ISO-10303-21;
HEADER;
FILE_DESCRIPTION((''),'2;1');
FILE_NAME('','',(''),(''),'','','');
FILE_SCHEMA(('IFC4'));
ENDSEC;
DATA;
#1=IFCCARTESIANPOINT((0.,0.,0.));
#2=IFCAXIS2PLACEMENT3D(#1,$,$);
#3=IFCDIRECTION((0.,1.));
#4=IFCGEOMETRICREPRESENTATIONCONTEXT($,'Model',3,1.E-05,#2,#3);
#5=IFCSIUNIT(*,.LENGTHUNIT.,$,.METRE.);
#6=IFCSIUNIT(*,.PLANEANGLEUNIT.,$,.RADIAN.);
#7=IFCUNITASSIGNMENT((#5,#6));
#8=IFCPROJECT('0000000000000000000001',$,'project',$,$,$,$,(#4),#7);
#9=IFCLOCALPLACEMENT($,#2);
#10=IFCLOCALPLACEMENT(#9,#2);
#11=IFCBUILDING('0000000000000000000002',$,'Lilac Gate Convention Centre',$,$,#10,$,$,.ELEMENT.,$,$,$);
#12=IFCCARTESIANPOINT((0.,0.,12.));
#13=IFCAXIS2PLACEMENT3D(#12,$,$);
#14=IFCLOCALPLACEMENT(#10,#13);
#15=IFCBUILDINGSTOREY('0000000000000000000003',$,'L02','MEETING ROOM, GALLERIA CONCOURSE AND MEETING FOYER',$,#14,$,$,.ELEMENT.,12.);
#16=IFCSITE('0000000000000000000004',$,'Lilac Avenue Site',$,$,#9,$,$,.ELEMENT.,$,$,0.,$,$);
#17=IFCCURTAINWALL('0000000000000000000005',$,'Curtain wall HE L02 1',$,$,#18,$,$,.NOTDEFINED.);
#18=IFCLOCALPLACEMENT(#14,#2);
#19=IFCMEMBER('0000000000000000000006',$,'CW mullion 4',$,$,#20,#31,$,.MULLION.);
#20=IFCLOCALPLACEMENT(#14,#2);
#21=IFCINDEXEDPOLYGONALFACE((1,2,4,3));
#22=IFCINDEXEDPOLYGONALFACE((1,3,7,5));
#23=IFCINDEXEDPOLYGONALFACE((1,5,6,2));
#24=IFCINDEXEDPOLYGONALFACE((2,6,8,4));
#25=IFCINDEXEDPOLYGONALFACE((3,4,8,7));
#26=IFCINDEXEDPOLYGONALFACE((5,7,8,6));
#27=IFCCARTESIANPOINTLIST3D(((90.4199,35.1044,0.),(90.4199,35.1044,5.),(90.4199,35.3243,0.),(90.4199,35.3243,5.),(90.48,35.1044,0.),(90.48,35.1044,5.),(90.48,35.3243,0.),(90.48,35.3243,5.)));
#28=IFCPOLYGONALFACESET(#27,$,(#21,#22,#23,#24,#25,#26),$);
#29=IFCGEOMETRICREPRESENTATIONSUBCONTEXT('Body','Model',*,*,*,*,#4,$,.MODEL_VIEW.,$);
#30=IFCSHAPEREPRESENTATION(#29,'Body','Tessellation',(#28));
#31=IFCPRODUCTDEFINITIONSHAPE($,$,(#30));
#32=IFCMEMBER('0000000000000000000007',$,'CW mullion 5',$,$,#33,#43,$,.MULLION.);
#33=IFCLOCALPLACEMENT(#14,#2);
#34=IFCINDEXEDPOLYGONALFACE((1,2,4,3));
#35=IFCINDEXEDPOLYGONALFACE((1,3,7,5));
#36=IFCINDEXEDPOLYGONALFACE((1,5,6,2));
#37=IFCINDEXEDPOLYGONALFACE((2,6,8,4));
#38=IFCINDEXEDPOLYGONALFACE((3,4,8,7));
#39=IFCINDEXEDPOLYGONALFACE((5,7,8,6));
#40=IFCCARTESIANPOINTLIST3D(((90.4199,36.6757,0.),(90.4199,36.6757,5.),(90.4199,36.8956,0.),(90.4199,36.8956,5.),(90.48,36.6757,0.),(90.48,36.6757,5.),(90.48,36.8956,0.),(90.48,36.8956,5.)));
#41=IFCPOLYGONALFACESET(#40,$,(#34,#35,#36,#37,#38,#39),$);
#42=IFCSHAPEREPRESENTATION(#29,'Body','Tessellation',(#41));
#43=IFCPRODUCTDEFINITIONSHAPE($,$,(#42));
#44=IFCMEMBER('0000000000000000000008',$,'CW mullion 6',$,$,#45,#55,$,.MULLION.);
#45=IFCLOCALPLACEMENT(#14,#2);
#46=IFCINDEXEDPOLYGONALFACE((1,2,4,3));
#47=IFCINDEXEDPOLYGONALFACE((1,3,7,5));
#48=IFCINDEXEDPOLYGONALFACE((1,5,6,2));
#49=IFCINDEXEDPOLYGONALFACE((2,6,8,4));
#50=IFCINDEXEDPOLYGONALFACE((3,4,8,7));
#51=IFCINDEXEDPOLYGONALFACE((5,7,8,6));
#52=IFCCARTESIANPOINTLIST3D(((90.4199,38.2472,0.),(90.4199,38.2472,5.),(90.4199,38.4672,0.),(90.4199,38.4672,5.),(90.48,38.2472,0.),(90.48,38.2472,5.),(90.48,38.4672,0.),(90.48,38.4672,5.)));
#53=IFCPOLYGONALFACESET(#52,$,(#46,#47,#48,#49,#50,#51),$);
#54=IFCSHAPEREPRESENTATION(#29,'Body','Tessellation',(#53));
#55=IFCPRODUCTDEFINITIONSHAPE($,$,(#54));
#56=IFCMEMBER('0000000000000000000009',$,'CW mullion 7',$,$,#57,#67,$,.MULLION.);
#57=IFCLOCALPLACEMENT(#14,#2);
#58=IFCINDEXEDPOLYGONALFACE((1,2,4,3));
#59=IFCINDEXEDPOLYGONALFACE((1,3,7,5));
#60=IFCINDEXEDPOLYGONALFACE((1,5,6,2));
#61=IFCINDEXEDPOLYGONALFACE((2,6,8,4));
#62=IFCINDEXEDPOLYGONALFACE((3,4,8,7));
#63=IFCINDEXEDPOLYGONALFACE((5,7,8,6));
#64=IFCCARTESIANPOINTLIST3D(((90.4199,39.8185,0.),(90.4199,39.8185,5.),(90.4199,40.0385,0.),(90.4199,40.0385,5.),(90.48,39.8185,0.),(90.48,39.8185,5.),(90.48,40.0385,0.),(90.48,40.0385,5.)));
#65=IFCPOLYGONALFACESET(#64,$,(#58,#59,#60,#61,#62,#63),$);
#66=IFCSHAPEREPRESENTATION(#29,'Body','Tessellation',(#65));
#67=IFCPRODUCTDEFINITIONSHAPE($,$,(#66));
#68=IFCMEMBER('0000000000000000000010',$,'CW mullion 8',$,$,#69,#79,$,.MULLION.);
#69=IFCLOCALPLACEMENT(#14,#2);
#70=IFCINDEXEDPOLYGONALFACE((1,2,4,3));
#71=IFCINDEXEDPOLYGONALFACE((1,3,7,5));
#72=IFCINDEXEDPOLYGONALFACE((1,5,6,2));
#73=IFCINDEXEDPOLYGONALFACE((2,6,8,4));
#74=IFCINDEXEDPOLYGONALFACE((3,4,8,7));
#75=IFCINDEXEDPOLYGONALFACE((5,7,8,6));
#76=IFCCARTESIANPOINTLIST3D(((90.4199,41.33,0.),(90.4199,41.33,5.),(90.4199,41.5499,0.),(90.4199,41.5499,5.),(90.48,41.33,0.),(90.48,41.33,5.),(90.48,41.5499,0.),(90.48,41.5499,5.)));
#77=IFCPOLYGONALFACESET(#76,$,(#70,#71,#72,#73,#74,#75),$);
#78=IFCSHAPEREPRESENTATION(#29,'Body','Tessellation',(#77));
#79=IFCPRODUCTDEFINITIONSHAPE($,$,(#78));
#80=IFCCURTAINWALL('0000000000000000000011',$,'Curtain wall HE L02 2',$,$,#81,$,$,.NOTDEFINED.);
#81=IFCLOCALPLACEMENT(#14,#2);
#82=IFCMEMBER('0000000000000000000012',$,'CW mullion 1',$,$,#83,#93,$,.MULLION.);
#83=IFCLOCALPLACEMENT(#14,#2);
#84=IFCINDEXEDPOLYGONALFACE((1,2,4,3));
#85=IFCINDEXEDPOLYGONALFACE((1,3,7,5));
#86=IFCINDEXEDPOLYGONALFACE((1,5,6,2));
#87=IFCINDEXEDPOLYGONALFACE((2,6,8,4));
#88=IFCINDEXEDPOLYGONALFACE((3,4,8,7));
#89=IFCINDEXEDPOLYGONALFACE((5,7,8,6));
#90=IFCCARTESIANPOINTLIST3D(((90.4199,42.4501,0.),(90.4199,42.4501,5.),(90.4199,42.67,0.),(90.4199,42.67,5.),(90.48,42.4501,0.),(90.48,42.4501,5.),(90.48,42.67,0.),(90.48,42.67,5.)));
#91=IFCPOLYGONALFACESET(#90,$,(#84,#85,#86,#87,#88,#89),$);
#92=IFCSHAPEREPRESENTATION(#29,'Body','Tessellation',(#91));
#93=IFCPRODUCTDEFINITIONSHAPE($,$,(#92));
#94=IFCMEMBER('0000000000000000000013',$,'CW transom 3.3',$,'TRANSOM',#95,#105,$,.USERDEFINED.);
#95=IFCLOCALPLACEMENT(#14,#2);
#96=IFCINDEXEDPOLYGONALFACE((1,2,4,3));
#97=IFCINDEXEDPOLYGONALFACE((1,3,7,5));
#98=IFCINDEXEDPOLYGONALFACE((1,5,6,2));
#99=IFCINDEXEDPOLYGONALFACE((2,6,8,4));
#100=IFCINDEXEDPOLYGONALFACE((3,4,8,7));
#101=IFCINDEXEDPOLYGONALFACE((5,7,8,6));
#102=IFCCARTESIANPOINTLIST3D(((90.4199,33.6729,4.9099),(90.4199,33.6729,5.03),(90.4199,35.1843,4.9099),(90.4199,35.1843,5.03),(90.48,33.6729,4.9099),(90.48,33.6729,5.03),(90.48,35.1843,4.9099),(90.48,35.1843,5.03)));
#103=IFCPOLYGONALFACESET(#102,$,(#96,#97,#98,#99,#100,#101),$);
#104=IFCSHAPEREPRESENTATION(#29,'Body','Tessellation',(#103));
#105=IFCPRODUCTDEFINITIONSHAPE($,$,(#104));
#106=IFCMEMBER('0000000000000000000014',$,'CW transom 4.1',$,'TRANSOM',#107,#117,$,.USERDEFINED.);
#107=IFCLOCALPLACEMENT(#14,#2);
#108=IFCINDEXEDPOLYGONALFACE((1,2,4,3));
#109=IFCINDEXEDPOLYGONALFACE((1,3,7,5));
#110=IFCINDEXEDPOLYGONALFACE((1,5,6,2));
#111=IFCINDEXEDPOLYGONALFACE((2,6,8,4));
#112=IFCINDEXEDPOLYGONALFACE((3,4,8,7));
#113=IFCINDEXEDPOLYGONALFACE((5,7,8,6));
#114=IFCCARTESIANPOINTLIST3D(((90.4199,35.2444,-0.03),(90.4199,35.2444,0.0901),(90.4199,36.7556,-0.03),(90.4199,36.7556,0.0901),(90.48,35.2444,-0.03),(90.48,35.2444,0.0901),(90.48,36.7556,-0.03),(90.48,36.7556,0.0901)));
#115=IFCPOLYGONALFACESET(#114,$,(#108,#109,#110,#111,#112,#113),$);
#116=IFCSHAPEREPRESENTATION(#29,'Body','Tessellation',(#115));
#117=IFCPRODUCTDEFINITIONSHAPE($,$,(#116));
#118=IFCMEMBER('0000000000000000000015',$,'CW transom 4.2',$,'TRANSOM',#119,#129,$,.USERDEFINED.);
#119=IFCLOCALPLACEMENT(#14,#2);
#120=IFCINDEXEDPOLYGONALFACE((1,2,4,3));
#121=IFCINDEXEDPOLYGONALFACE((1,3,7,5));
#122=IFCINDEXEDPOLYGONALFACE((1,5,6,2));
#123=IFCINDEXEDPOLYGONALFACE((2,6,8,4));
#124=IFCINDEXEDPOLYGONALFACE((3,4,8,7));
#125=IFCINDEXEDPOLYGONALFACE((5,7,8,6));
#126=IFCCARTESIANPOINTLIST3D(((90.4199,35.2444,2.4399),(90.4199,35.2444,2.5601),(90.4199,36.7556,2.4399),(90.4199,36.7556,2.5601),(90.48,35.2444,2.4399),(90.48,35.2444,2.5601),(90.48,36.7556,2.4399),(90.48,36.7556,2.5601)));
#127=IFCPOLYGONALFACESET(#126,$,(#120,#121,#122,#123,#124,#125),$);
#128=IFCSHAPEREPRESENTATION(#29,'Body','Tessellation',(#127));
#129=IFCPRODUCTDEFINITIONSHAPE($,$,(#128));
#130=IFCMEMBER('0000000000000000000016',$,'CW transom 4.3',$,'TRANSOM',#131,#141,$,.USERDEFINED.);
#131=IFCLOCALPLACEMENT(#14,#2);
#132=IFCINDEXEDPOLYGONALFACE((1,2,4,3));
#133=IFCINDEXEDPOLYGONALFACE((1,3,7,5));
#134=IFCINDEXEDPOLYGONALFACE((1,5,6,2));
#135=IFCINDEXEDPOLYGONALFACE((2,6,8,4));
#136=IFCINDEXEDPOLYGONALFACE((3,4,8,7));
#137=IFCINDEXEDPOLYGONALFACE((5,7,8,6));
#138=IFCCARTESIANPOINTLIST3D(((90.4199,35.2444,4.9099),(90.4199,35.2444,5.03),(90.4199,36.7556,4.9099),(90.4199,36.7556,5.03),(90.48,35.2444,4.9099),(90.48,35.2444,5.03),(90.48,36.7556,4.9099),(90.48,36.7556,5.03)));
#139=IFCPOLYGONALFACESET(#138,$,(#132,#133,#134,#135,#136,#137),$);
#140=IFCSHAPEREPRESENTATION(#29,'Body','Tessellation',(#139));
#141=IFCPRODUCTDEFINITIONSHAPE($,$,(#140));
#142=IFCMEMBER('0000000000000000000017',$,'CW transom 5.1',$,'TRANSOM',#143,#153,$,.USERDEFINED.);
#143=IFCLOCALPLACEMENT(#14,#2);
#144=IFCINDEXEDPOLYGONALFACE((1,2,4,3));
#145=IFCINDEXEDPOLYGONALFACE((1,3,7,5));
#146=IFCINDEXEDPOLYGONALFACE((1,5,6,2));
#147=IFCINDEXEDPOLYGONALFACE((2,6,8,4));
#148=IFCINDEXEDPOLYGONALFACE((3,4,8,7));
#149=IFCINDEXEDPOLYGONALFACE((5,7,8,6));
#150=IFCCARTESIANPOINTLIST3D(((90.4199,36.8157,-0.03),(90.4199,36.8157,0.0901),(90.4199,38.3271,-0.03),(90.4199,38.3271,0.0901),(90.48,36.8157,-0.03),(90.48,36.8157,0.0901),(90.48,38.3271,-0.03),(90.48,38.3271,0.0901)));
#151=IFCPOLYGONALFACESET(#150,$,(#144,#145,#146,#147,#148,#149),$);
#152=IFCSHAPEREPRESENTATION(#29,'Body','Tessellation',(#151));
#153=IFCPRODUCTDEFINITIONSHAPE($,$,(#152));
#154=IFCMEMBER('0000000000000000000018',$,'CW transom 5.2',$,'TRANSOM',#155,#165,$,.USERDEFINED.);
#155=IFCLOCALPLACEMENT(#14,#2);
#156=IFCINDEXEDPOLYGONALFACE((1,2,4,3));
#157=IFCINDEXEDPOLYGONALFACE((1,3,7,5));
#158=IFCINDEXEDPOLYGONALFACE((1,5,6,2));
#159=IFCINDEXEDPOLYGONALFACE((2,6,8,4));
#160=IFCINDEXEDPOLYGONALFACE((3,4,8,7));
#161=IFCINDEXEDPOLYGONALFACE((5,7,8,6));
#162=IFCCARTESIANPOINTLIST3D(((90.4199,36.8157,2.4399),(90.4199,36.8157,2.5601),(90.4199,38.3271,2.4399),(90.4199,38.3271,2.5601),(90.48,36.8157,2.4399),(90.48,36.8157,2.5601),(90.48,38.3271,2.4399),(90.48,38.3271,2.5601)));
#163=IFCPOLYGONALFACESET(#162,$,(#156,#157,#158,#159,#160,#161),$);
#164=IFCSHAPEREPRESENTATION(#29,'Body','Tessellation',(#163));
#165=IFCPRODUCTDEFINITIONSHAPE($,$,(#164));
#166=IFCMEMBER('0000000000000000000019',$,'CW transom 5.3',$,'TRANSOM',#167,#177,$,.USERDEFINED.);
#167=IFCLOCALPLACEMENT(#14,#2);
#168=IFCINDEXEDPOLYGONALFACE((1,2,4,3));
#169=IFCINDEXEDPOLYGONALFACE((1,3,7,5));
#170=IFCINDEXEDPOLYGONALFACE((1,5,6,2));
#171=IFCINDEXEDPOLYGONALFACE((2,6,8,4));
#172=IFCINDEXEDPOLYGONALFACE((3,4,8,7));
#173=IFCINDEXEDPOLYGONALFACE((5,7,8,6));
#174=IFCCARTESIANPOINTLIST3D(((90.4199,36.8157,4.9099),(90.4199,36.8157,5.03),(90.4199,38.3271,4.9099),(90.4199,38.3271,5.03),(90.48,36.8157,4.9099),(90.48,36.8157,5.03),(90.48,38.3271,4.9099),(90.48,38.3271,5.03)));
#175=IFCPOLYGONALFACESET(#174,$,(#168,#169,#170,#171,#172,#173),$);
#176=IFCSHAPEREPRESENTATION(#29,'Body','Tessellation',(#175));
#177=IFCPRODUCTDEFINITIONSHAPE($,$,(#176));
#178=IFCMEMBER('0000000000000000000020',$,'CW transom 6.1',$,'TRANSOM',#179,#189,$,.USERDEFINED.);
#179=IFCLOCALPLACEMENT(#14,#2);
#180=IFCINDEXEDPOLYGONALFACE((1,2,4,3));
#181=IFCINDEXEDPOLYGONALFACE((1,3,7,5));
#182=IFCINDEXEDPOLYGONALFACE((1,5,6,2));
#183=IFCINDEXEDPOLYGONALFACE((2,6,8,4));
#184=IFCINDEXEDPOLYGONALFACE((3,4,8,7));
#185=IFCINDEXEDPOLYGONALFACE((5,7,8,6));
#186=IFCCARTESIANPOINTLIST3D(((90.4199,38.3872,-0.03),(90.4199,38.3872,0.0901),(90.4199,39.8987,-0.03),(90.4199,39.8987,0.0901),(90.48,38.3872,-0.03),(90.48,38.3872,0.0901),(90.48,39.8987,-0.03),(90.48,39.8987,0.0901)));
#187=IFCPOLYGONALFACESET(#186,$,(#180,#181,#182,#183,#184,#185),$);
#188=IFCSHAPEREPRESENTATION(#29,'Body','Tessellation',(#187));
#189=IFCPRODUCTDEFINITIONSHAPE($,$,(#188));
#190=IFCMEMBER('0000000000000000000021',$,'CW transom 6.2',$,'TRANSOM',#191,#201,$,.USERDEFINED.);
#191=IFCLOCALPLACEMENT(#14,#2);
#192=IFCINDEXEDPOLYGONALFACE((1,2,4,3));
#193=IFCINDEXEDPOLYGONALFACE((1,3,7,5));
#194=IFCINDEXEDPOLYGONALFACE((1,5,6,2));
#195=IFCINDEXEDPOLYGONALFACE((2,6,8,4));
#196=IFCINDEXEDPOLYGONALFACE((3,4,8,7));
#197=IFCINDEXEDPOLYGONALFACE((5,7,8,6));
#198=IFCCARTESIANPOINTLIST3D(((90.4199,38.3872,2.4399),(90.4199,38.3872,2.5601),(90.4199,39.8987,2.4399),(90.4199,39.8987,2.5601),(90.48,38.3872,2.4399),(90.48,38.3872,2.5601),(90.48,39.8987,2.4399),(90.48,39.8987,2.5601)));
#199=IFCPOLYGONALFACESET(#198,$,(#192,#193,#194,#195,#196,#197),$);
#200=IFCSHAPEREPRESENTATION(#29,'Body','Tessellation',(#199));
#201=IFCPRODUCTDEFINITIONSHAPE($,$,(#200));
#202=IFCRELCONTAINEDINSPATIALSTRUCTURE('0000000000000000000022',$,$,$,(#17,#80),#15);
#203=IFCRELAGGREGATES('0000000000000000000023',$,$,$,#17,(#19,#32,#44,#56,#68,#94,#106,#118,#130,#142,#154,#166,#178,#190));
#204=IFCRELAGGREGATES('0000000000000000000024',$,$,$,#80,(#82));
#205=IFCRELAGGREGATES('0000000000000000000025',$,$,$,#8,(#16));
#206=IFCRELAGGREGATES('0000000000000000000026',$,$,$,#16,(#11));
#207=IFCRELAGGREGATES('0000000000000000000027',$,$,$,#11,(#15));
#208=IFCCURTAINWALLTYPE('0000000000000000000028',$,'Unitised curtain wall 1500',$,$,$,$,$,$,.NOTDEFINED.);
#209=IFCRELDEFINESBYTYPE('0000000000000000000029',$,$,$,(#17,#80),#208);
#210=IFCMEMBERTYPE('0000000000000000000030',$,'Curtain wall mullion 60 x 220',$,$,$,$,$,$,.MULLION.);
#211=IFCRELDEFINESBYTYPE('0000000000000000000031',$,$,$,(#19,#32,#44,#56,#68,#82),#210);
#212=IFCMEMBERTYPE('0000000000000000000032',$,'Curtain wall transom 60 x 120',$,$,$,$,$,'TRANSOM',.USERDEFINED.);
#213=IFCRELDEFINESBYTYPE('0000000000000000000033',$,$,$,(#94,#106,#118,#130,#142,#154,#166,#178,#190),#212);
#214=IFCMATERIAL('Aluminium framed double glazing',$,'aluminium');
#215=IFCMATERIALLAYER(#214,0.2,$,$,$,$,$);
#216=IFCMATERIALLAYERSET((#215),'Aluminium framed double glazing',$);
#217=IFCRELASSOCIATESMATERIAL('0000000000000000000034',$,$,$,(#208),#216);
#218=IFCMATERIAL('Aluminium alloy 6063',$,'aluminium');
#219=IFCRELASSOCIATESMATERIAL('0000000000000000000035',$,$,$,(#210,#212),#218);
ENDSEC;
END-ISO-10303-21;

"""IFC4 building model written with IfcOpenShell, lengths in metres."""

from ifc_helpers import new_model, si_unit, direction, frame, origin, origin_2d, place, context, subcontext, project, spatial, rectangle, extrude, material, layer, layer_set, material_profile, profile_set, type_object, element, aggregate, save


model = new_model("IFC4")

# Units and contexts
model_context = context("Model", 3, precision=1e-05, world=origin(), true_north=direction((0.0, 1.0)))
body_context = subcontext(model_context, "Body", "Model", "MODEL_VIEW")
ifc_project = project(units=[si_unit("LENGTHUNIT", "METRE"), si_unit("PLANEANGLEUNIT", "RADIAN")], contexts=[model_context])

# Site, building, storey
site_placement = place(None, origin())
site = spatial("IfcSite", under=ifc_project, at=site_placement, Name="Lilac Avenue Site", CompositionType="ELEMENT", RefElevation=0.0)
building_placement = place(site_placement, origin())
building = spatial("IfcBuilding", under=site, at=building_placement, Name="Lilac Gate Convention Centre", CompositionType="ELEMENT")
storey_placement = place(building_placement, frame((0.0, 0.0, 12.0)))
storey = spatial("IfcBuildingStorey", under=building, at=storey_placement, Name="L02", Description="MEETING ROOM, GALLERIA CONCOURSE AND MEETING FOYER", CompositionType="ELEMENT", Elevation=12.0)

# Curtain wall, members
ifc_material_1 = material(Name="Aluminium framed double glazing", Category="aluminium")
ifc_layer_1 = layer(ifc_material_1, 0.2)
ifc_layer_set_1 = layer_set([ifc_layer_1], Name="Aluminium framed double glazing")
curtain_wall_type = type_object("IfcCurtainWallType", Name="Unitised curtain wall 1500", PredefinedType="NOTDEFINED", material=ifc_layer_set_1)
curtain_wall_1_placement = place(storey_placement, origin())
curtain_wall_1 = element("IfcCurtainWall", 1, at=curtain_wall_1_placement, inside=storey, type_object=curtain_wall_type, Name="Curtain wall HE L02 1", PredefinedType="NOTDEFINED")
ifc_material_2 = material(Name="Aluminium alloy 6063", Category="aluminium")
ifc_material_profile_1 = material_profile(ifc_material_2, rectangle(XDim=0.0601, YDim=0.22, at=origin_2d()), Name="Curtain wall mullion 60 x 220")
ifc_profile_set_1 = profile_set([ifc_material_profile_1], Name="Aluminium alloy 6063")
member_type_1 = type_object("IfcMemberType", Name="Curtain wall mullion 60 x 220", PredefinedType="MULLION", material=ifc_profile_set_1)
member_1_placement = place(storey_placement, frame((90.45, 35.2144, 0.0), z_axis=(0.0, 0.0, 1.0), x_axis=(-1.0, 0.0, 0.0)))
member_1 = element("IfcMember", 2, at=member_1_placement, type_object=member_type_1, Name="CW mullion 4", PredefinedType="MULLION", context=body_context, shape_type="SweptSolid", body=[
    extrude(rectangle(XDim=0.0601, YDim=0.22, at=origin_2d()), origin(), (0.0, 0.0, 1.0), 5.0),
])
member_2_placement = place(storey_placement, frame((90.45, 36.7856, 0.0), z_axis=(0.0, 0.0, 1.0), x_axis=(-1.0, 0.0, 0.0)))
member_2 = element("IfcMember", 3, at=member_2_placement, type_object=member_type_1, Name="CW mullion 5", PredefinedType="MULLION", context=body_context, shape_type="SweptSolid", body=[
    extrude(rectangle(XDim=0.0601, YDim=0.22, at=origin_2d()), origin(), (0.0, 0.0, 1.0), 5.0),
])
member_3_placement = place(storey_placement, frame((90.45, 38.3572, 0.0), z_axis=(0.0, 0.0, 1.0), x_axis=(-1.0, 0.0, 0.0)))
member_3 = element("IfcMember", 4, at=member_3_placement, type_object=member_type_1, Name="CW mullion 6", PredefinedType="MULLION", context=body_context, shape_type="SweptSolid", body=[
    extrude(rectangle(XDim=0.0601, YDim=0.22, at=origin_2d()), origin(), (0.0, 0.0, 1.0), 5.0),
])
member_4_placement = place(storey_placement, frame((90.45, 39.9285, 0.0), z_axis=(0.0, 0.0, 1.0), x_axis=(-1.0, 0.0, 0.0)))
member_4 = element("IfcMember", 5, at=member_4_placement, type_object=member_type_1, Name="CW mullion 7", PredefinedType="MULLION", context=body_context, shape_type="SweptSolid", body=[
    extrude(rectangle(XDim=0.0601, YDim=0.22, at=origin_2d()), origin(), (0.0, 0.0, 1.0), 5.0),
])
member_5_placement = place(storey_placement, frame((90.45, 41.4399, 0.0), z_axis=(0.0, 0.0, 1.0), x_axis=(-1.0, 0.0, 0.0)))
member_5 = element("IfcMember", 6, at=member_5_placement, type_object=member_type_1, Name="CW mullion 8", PredefinedType="MULLION", context=body_context, shape_type="SweptSolid", body=[
    extrude(rectangle(XDim=0.0601, YDim=0.22, at=origin_2d()), origin(), (0.0, 0.0, 1.0), 5.0),
])

# Curtain wall, member
curtain_wall_2_placement = place(storey_placement, origin())
curtain_wall_2 = element("IfcCurtainWall", 7, at=curtain_wall_2_placement, inside=storey, type_object=curtain_wall_type, Name="Curtain wall HE L02 2", PredefinedType="NOTDEFINED")
member_6_placement = place(storey_placement, frame((90.45, 42.5601, 0.0), z_axis=(0.0, 0.0, 1.0), x_axis=(-1.0, 0.0, 0.0)))
member_6 = element("IfcMember", 8, at=member_6_placement, type_object=member_type_1, Name="CW mullion 1", PredefinedType="MULLION", context=body_context, shape_type="SweptSolid", body=[
    extrude(rectangle(XDim=0.0601, YDim=0.22, at=origin_2d()), origin(), (0.0, 0.0, 1.0), 5.0),
])

# Members
ifc_material_profile_2 = material_profile(ifc_material_2, rectangle(XDim=0.0601, YDim=0.1201, at=origin_2d()), Name="Curtain wall transom 60 x 120")
ifc_profile_set_2 = profile_set([ifc_material_profile_2], Name="Aluminium alloy 6063")
member_type_2 = type_object("IfcMemberType", Name="Curtain wall transom 60 x 120", ElementType="TRANSOM", PredefinedType="USERDEFINED", material=ifc_profile_set_2)
member_7_placement = place(storey_placement, frame((90.45, 33.6729, 4.97), z_axis=(0.0, 1.0, 0.0), x_axis=(-1.0, 0.0, 0.0)))
member_7 = element("IfcMember", 9, at=member_7_placement, type_object=member_type_2, Name="CW transom 3.3", ObjectType="TRANSOM", PredefinedType="USERDEFINED", context=body_context, shape_type="SweptSolid", body=[
    extrude(rectangle(XDim=0.0601, YDim=0.1201, at=origin_2d()), origin(), (0.0, 0.0, 1.0), 1.5115),
])
member_8_placement = place(storey_placement, frame((90.45, 35.2444, 0.03), z_axis=(0.0, 1.0, 0.0), x_axis=(-1.0, 0.0, 0.0)))
member_8 = element("IfcMember", 10, at=member_8_placement, type_object=member_type_2, Name="CW transom 4.1", ObjectType="TRANSOM", PredefinedType="USERDEFINED", context=body_context, shape_type="SweptSolid", body=[
    extrude(rectangle(XDim=0.0601, YDim=0.1201, at=origin_2d()), origin(), (0.0, 0.0, 1.0), 1.5112),
])
member_9_placement = place(storey_placement, frame((90.45, 35.2444, 2.5), z_axis=(0.0, 1.0, 0.0), x_axis=(-1.0, 0.0, 0.0)))
member_9 = element("IfcMember", 11, at=member_9_placement, type_object=member_type_2, Name="CW transom 4.2", ObjectType="TRANSOM", PredefinedType="USERDEFINED", context=body_context, shape_type="SweptSolid", body=[
    extrude(rectangle(XDim=0.0601, YDim=0.1201, at=origin_2d()), origin(), (0.0, 0.0, 1.0), 1.5112),
])
member_10_placement = place(storey_placement, frame((90.45, 35.2444, 4.97), z_axis=(0.0, 1.0, 0.0), x_axis=(-1.0, 0.0, 0.0)))
member_10 = element("IfcMember", 12, at=member_10_placement, type_object=member_type_2, Name="CW transom 4.3", ObjectType="TRANSOM", PredefinedType="USERDEFINED", context=body_context, shape_type="SweptSolid", body=[
    extrude(rectangle(XDim=0.0601, YDim=0.1201, at=origin_2d()), origin(), (0.0, 0.0, 1.0), 1.5112),
])
member_11_placement = place(storey_placement, frame((90.45, 36.8157, 0.03), z_axis=(0.0, 1.0, 0.0), x_axis=(-1.0, 0.0, 0.0)))
member_11 = element("IfcMember", 13, at=member_11_placement, type_object=member_type_2, Name="CW transom 5.1", ObjectType="TRANSOM", PredefinedType="USERDEFINED", context=body_context, shape_type="SweptSolid", body=[
    extrude(rectangle(XDim=0.0601, YDim=0.1201, at=origin_2d()), origin(), (0.0, 0.0, 1.0), 1.5115),
])
member_12_placement = place(storey_placement, frame((90.45, 36.8157, 2.5), z_axis=(0.0, 1.0, 0.0), x_axis=(-1.0, 0.0, 0.0)))
member_12 = element("IfcMember", 14, at=member_12_placement, type_object=member_type_2, Name="CW transom 5.2", ObjectType="TRANSOM", PredefinedType="USERDEFINED", context=body_context, shape_type="SweptSolid", body=[
    extrude(rectangle(XDim=0.0601, YDim=0.1201, at=origin_2d()), origin(), (0.0, 0.0, 1.0), 1.5115),
])
member_13_placement = place(storey_placement, frame((90.45, 36.8157, 4.97), z_axis=(0.0, 1.0, 0.0), x_axis=(-1.0, 0.0, 0.0)))
member_13 = element("IfcMember", 15, at=member_13_placement, type_object=member_type_2, Name="CW transom 5.3", ObjectType="TRANSOM", PredefinedType="USERDEFINED", context=body_context, shape_type="SweptSolid", body=[
    extrude(rectangle(XDim=0.0601, YDim=0.1201, at=origin_2d()), origin(), (0.0, 0.0, 1.0), 1.5115),
])
member_14_placement = place(storey_placement, frame((90.45, 38.3872, 0.03), z_axis=(0.0, 1.0, 0.0), x_axis=(-1.0, 0.0, 0.0)))
member_14 = element("IfcMember", 16, at=member_14_placement, type_object=member_type_2, Name="CW transom 6.1", ObjectType="TRANSOM", PredefinedType="USERDEFINED", context=body_context, shape_type="SweptSolid", body=[
    extrude(rectangle(XDim=0.0601, YDim=0.1201, at=origin_2d()), origin(), (0.0, 0.0, 1.0), 1.5115),
])
member_15_placement = place(storey_placement, frame((90.45, 38.3872, 2.5), z_axis=(0.0, 1.0, 0.0), x_axis=(-1.0, 0.0, 0.0)))
member_15 = element("IfcMember", 17, at=member_15_placement, type_object=member_type_2, Name="CW transom 6.2", ObjectType="TRANSOM", PredefinedType="USERDEFINED", context=body_context, shape_type="SweptSolid", body=[
    extrude(rectangle(XDim=0.0601, YDim=0.1201, at=origin_2d()), origin(), (0.0, 0.0, 1.0), 1.5115),
])

aggregate(curtain_wall_1, [member_1, member_2, member_3, member_4, member_5, member_7, member_8, member_9, member_10, member_11, member_12, member_13, member_14, member_15])
aggregate(curtain_wall_2, [member_6])

save(model, "model.ifc")
